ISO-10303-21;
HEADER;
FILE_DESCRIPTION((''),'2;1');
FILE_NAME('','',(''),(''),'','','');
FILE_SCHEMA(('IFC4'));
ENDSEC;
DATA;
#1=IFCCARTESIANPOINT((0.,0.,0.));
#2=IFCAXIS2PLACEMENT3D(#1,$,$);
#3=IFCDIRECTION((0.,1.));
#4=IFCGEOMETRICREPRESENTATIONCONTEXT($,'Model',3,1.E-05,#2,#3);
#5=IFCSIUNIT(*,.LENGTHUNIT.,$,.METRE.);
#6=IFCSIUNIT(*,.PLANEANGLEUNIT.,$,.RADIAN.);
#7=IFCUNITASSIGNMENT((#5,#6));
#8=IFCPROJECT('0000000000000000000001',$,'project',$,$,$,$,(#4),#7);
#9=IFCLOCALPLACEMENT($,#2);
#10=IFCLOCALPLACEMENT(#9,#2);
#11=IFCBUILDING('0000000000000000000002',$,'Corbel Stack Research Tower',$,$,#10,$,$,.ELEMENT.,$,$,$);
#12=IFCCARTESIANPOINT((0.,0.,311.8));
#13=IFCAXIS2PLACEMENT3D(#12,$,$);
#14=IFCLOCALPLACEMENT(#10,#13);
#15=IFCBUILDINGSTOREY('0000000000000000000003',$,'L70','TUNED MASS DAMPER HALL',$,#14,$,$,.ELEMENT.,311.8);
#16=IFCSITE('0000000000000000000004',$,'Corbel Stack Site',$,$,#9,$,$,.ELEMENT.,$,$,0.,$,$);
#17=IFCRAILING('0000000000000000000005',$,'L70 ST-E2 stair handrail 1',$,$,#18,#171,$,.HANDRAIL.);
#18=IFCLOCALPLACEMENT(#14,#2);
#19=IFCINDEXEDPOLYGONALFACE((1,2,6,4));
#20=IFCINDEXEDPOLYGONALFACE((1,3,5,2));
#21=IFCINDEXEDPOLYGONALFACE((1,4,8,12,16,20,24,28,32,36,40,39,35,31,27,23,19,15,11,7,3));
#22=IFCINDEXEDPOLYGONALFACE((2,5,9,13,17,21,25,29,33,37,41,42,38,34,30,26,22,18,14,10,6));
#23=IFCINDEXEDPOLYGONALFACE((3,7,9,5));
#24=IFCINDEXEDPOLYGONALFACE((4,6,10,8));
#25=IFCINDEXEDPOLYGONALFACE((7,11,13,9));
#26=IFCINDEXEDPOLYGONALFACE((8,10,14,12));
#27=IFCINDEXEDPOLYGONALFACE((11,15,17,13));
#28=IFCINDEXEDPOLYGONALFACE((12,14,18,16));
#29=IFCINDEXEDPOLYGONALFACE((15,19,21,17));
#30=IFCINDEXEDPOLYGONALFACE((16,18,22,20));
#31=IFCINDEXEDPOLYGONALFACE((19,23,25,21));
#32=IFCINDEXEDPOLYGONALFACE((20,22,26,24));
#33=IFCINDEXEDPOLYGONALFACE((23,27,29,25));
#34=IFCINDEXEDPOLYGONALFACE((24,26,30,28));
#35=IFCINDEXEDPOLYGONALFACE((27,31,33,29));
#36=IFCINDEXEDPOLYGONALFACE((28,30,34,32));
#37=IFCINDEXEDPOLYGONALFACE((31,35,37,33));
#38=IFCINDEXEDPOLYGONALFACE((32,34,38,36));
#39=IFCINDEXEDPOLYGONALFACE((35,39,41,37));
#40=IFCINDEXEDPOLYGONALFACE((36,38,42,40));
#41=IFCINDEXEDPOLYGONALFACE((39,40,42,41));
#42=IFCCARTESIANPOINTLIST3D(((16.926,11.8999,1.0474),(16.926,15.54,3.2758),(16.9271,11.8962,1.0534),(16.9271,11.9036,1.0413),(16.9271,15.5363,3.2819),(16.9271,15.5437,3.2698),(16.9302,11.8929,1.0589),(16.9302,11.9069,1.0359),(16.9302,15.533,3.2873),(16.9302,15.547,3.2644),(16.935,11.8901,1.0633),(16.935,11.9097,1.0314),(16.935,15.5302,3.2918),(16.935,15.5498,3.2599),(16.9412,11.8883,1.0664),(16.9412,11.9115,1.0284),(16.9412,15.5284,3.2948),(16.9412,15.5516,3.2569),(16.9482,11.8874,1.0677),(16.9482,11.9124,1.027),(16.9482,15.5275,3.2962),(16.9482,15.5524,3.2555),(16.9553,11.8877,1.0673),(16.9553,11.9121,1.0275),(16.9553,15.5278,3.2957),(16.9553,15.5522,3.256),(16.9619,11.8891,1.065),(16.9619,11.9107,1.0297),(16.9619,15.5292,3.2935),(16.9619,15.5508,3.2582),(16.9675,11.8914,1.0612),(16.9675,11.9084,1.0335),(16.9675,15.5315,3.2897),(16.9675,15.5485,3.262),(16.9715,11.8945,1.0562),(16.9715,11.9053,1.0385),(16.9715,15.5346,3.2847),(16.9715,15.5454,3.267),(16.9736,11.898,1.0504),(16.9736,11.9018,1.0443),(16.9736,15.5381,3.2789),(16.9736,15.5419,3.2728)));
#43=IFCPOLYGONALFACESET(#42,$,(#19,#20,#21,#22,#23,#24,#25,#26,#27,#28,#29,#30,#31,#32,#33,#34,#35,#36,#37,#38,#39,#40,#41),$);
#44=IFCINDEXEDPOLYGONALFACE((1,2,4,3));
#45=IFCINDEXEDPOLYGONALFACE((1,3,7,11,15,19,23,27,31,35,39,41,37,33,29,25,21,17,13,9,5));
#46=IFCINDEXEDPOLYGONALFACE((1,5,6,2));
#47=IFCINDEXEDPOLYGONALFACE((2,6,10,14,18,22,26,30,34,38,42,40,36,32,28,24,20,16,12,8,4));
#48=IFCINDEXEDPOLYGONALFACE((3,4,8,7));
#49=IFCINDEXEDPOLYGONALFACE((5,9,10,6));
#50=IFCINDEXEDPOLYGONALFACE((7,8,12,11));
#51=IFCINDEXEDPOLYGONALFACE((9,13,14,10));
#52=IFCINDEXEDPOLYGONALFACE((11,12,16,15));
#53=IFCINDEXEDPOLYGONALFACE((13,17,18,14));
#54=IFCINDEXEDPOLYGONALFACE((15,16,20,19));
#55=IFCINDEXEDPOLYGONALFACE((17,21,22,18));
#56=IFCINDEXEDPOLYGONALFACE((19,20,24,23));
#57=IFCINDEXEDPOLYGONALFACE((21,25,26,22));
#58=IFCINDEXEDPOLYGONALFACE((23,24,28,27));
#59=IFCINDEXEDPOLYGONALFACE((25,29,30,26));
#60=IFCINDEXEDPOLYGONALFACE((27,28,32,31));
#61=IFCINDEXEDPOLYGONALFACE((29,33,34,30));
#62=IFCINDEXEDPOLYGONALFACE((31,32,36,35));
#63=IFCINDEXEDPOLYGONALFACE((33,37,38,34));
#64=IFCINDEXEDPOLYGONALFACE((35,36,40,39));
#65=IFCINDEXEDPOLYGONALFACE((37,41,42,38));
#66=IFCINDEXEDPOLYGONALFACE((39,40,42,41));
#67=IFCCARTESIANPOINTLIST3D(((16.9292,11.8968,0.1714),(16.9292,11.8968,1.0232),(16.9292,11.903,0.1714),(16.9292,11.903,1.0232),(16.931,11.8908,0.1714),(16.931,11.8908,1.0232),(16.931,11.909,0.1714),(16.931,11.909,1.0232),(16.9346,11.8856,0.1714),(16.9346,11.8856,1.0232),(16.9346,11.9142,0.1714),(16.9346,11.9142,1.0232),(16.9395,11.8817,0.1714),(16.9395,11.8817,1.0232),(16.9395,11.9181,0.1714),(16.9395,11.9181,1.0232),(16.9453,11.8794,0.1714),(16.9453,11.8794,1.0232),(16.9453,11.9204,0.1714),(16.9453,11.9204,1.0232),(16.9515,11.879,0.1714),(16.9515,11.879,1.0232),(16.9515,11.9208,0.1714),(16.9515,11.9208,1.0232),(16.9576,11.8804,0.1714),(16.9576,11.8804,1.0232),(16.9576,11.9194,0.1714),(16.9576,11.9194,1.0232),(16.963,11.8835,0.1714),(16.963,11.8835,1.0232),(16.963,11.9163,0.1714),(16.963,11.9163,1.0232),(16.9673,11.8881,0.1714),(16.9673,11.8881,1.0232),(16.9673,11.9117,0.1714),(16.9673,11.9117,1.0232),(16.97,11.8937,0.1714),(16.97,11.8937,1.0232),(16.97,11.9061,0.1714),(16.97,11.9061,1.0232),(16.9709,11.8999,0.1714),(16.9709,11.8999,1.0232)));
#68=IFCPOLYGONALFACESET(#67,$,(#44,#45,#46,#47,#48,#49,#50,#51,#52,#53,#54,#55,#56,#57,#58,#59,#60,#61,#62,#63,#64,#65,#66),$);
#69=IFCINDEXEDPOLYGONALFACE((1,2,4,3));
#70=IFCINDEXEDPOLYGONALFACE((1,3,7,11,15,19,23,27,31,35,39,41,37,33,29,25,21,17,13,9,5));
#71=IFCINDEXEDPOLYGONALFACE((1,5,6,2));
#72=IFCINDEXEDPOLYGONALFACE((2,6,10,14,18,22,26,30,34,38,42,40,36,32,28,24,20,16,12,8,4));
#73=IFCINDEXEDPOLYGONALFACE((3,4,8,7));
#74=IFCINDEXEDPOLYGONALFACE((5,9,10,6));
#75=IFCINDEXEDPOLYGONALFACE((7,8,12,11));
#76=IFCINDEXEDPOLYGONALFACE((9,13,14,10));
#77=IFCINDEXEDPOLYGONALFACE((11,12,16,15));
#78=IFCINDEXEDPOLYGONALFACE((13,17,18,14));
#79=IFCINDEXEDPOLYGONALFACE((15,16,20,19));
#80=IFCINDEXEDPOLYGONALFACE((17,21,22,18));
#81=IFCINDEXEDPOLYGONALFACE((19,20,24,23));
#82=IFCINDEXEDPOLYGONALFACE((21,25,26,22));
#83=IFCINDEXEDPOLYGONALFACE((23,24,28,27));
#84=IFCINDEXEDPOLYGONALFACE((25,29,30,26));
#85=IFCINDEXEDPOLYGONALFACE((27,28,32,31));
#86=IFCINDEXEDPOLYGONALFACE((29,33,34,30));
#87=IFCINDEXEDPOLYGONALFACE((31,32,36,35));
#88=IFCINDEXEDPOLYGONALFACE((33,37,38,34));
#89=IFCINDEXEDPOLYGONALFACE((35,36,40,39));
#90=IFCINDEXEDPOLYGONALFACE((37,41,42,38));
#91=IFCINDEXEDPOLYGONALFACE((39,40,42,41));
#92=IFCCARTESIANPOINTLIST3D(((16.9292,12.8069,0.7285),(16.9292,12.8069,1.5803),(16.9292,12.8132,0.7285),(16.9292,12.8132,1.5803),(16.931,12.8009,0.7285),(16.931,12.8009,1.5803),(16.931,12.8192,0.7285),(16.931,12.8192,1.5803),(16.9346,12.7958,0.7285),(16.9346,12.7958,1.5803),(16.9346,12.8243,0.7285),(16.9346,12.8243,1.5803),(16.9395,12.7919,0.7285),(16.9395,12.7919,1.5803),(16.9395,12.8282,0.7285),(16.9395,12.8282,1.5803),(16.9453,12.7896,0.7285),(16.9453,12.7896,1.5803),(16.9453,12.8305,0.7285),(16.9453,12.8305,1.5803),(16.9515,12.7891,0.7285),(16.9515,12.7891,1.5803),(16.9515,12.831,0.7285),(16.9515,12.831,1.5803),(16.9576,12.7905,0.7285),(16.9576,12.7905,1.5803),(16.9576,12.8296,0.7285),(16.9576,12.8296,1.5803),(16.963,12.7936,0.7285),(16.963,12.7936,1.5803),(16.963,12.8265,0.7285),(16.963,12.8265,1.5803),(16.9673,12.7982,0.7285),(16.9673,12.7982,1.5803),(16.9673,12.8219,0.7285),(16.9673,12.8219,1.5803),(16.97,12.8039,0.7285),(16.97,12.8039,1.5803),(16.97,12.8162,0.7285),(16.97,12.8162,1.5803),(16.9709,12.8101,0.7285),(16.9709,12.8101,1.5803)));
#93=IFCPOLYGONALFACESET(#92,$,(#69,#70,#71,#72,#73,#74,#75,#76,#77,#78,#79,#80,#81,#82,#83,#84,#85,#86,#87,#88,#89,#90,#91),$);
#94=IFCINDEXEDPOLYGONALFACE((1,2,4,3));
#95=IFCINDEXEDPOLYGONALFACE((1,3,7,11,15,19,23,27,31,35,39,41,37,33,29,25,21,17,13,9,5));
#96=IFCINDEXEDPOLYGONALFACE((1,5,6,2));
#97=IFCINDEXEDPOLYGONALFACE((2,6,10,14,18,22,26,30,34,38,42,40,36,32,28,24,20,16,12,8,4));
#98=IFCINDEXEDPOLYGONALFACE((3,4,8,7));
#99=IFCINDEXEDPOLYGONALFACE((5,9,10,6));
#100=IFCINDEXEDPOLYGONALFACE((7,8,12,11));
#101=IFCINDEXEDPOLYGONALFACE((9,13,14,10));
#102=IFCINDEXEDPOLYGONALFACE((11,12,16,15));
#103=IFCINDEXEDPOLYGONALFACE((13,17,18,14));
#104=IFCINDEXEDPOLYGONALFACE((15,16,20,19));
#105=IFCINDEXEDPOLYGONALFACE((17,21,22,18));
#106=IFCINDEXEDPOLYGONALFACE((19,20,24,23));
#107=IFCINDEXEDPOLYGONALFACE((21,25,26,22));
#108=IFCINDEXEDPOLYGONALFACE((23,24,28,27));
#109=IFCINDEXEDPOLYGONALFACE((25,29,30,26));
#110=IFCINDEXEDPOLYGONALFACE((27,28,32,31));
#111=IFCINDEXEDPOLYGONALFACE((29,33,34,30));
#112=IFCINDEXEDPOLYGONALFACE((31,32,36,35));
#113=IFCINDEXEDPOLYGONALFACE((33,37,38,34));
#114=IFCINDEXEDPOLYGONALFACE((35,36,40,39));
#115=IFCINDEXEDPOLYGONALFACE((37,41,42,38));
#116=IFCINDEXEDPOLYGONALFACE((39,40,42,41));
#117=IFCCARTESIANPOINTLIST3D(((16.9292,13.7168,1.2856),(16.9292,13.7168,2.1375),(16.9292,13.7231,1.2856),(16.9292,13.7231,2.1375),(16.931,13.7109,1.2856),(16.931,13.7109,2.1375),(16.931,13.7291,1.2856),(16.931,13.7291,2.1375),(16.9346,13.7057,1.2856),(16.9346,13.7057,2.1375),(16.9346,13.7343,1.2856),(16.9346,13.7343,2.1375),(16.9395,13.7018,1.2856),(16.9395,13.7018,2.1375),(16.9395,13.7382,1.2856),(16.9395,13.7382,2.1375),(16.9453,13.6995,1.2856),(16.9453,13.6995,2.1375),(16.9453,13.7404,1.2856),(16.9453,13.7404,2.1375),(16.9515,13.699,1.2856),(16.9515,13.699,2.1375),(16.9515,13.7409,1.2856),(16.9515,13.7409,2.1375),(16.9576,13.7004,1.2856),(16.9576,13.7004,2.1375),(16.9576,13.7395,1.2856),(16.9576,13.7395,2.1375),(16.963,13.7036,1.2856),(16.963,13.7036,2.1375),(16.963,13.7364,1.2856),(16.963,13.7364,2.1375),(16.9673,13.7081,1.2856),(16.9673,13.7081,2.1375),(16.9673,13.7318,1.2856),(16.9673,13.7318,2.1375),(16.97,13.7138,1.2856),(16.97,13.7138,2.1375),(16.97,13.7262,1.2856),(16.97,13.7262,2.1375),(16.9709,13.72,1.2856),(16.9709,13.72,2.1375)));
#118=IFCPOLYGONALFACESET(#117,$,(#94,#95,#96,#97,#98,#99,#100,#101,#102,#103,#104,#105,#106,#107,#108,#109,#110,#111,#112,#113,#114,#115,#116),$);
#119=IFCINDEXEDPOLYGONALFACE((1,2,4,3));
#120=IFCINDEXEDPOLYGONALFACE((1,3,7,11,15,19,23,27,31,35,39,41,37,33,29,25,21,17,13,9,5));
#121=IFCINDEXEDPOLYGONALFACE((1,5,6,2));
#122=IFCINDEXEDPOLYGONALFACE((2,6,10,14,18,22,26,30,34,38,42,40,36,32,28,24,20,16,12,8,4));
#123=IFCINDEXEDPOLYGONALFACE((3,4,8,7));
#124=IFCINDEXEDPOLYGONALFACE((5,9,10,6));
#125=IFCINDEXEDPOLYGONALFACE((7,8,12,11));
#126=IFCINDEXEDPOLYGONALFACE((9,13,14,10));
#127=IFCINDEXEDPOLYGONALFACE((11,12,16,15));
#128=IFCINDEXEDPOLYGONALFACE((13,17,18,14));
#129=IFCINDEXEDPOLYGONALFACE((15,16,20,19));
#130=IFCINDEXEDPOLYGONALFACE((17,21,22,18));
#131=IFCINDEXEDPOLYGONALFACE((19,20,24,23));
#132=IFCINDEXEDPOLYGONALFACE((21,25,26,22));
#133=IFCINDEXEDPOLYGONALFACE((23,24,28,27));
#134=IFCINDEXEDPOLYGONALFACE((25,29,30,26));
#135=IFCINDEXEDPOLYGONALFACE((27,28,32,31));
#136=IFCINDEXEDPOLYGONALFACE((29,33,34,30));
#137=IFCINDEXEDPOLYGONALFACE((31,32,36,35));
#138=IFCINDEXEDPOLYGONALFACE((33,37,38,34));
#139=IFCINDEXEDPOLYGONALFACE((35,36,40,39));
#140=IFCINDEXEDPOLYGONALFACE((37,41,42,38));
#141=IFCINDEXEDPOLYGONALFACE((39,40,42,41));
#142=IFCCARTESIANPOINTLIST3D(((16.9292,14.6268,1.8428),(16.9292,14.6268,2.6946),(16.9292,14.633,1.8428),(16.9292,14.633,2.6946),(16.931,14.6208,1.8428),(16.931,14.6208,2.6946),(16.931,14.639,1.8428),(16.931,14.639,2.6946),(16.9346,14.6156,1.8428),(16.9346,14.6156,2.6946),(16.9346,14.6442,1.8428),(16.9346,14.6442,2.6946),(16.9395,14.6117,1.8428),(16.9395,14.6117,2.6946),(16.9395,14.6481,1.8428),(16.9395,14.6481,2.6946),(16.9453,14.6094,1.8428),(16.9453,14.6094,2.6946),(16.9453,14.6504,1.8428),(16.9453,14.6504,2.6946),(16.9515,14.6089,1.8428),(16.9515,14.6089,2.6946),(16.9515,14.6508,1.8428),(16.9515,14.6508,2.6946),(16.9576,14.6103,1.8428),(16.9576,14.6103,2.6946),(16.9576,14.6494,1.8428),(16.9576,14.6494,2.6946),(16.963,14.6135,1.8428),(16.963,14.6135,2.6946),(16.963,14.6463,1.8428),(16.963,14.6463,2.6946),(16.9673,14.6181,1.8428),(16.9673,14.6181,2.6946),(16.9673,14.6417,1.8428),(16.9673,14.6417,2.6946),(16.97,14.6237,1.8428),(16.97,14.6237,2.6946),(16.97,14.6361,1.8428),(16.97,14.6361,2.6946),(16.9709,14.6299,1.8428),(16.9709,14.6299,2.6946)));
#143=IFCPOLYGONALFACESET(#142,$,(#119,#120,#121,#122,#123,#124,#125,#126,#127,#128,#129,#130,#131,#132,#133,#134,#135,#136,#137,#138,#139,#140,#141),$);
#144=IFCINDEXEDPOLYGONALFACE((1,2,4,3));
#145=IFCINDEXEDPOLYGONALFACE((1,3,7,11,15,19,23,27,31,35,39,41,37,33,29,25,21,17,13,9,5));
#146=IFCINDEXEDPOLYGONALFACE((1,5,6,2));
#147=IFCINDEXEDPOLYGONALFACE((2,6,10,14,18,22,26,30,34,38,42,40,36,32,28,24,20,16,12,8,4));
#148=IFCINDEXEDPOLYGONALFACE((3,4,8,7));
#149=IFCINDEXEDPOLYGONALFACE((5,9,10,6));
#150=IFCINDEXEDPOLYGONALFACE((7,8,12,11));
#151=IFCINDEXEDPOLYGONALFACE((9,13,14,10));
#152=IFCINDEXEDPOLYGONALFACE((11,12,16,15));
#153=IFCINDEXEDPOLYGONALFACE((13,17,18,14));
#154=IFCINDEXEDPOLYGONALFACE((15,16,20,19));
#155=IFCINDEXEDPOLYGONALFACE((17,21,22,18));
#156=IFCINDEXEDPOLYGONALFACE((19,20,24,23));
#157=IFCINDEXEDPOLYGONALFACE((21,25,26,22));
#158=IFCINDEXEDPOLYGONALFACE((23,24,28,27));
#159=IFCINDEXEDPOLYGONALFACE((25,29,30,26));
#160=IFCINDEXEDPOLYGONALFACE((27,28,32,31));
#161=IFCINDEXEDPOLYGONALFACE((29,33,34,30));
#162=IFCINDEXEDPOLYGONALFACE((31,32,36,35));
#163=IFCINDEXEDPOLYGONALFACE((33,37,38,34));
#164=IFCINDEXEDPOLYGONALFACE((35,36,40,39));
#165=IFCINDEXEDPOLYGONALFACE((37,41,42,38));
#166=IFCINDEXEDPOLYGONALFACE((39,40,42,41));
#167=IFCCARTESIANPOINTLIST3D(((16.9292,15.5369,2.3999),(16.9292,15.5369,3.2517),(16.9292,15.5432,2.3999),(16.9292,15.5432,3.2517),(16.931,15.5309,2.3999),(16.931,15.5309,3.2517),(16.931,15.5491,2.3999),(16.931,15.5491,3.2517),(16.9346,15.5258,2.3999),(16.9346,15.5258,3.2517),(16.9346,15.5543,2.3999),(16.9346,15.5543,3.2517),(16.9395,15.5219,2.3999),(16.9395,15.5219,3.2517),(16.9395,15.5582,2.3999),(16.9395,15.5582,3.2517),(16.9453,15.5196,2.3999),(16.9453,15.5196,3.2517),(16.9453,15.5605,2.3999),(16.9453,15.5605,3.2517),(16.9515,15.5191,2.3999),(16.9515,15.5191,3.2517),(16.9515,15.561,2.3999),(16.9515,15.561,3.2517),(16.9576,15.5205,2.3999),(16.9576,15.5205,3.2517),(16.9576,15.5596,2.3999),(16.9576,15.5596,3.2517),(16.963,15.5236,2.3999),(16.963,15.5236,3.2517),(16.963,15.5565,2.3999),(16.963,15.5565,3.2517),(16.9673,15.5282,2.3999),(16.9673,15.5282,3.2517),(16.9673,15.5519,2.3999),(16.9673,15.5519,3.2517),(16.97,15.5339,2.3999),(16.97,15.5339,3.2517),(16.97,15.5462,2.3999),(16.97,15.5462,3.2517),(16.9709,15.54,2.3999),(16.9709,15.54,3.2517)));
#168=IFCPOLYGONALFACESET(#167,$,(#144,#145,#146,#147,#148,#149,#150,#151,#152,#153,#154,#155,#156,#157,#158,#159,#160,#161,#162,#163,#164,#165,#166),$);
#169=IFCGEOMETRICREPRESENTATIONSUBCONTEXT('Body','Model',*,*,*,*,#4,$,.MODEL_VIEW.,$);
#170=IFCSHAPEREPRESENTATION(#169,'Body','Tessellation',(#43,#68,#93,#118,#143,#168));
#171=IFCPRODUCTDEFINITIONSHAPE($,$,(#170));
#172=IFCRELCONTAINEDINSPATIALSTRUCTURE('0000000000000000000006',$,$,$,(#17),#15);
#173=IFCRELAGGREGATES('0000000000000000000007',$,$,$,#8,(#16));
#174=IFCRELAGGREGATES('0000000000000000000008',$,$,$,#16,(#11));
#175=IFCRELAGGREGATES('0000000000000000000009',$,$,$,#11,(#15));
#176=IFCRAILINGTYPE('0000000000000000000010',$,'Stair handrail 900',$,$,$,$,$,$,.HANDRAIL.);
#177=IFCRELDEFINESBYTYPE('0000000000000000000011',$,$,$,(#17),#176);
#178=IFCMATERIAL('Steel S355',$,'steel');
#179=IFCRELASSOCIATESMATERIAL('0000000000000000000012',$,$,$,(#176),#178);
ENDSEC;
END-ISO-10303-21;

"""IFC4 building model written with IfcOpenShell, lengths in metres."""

from ifc_helpers import new_model, si_unit, direction, frame, origin, origin_2d, place, context, subcontext, project, spatial, circle, extrude, material, type_object, element, save


model = new_model("IFC4")

# Units and contexts
model_context = context("Model", 3, precision=1e-05, world=origin(), true_north=direction((0.0, 1.0)))
body_context = subcontext(model_context, "Body", "Model", "MODEL_VIEW")
ifc_project = project(units=[si_unit("LENGTHUNIT", "METRE"), si_unit("PLANEANGLEUNIT", "RADIAN")], contexts=[model_context])

# Site, building, storey
site_placement = place(None, origin())
site = spatial("IfcSite", under=ifc_project, at=site_placement, Name="Corbel Stack Site", CompositionType="ELEMENT", RefElevation=0.0)
building_placement = place(site_placement, origin())
building = spatial("IfcBuilding", under=site, at=building_placement, Name="Corbel Stack Research Tower", CompositionType="ELEMENT")
storey_placement = place(building_placement, frame((0.0, 0.0, 311.8)))
storey = spatial("IfcBuildingStorey", under=building, at=storey_placement, Name="L70", Description="TUNED MASS DAMPER HALL", CompositionType="ELEMENT", Elevation=311.8)

# Railing
ifc_material_1 = material(Name="Steel S355", Category="steel")
railing_type_1 = type_object("IfcRailingType", Name="Stair handrail 900", PredefinedType="HANDRAIL", material=ifc_material_1)
railing_1_placement = place(storey_placement, frame((16.95, 11.8999, 0.1714)))
element("IfcRailing", 1, at=railing_1_placement, inside=storey, type_object=railing_type_1, Name="L70 ST-E2 stair handrail 1", PredefinedType="HANDRAIL", context=body_context, shape_type="SweptSolid", body=[
    extrude(circle(Radius=0.0239, at=origin_2d()), frame((0.0, 0.0, 0.876), z_axis=(0.0, 0.852866, 0.52213), x_axis=(-1.0, 0.0, 0.0)), (0.0, 0.0, 1.0), 4.2681),
    extrude(circle(Radius=0.021, at=origin_2d()), origin(), (0.0, 0.0, 1.0), 0.8518),
    extrude(circle(Radius=0.021, at=origin_2d()), frame((0.0, 0.9102, 0.5571)), (0.0, 0.0, 1.0), 0.8518),
    extrude(circle(Radius=0.021, at=origin_2d()), frame((0.0, 1.8201, 1.1143)), (0.0, 0.0, 1.0), 0.8518),
    extrude(circle(Radius=0.021, at=origin_2d()), frame((0.0, 2.73, 1.6714)), (0.0, 0.0, 1.0), 0.8518),
    extrude(circle(Radius=0.021, at=origin_2d()), frame((0.0, 3.6401, 2.2285)), (0.0, 0.0, 1.0), 0.8518),
])

save(model, "model.ifc")
